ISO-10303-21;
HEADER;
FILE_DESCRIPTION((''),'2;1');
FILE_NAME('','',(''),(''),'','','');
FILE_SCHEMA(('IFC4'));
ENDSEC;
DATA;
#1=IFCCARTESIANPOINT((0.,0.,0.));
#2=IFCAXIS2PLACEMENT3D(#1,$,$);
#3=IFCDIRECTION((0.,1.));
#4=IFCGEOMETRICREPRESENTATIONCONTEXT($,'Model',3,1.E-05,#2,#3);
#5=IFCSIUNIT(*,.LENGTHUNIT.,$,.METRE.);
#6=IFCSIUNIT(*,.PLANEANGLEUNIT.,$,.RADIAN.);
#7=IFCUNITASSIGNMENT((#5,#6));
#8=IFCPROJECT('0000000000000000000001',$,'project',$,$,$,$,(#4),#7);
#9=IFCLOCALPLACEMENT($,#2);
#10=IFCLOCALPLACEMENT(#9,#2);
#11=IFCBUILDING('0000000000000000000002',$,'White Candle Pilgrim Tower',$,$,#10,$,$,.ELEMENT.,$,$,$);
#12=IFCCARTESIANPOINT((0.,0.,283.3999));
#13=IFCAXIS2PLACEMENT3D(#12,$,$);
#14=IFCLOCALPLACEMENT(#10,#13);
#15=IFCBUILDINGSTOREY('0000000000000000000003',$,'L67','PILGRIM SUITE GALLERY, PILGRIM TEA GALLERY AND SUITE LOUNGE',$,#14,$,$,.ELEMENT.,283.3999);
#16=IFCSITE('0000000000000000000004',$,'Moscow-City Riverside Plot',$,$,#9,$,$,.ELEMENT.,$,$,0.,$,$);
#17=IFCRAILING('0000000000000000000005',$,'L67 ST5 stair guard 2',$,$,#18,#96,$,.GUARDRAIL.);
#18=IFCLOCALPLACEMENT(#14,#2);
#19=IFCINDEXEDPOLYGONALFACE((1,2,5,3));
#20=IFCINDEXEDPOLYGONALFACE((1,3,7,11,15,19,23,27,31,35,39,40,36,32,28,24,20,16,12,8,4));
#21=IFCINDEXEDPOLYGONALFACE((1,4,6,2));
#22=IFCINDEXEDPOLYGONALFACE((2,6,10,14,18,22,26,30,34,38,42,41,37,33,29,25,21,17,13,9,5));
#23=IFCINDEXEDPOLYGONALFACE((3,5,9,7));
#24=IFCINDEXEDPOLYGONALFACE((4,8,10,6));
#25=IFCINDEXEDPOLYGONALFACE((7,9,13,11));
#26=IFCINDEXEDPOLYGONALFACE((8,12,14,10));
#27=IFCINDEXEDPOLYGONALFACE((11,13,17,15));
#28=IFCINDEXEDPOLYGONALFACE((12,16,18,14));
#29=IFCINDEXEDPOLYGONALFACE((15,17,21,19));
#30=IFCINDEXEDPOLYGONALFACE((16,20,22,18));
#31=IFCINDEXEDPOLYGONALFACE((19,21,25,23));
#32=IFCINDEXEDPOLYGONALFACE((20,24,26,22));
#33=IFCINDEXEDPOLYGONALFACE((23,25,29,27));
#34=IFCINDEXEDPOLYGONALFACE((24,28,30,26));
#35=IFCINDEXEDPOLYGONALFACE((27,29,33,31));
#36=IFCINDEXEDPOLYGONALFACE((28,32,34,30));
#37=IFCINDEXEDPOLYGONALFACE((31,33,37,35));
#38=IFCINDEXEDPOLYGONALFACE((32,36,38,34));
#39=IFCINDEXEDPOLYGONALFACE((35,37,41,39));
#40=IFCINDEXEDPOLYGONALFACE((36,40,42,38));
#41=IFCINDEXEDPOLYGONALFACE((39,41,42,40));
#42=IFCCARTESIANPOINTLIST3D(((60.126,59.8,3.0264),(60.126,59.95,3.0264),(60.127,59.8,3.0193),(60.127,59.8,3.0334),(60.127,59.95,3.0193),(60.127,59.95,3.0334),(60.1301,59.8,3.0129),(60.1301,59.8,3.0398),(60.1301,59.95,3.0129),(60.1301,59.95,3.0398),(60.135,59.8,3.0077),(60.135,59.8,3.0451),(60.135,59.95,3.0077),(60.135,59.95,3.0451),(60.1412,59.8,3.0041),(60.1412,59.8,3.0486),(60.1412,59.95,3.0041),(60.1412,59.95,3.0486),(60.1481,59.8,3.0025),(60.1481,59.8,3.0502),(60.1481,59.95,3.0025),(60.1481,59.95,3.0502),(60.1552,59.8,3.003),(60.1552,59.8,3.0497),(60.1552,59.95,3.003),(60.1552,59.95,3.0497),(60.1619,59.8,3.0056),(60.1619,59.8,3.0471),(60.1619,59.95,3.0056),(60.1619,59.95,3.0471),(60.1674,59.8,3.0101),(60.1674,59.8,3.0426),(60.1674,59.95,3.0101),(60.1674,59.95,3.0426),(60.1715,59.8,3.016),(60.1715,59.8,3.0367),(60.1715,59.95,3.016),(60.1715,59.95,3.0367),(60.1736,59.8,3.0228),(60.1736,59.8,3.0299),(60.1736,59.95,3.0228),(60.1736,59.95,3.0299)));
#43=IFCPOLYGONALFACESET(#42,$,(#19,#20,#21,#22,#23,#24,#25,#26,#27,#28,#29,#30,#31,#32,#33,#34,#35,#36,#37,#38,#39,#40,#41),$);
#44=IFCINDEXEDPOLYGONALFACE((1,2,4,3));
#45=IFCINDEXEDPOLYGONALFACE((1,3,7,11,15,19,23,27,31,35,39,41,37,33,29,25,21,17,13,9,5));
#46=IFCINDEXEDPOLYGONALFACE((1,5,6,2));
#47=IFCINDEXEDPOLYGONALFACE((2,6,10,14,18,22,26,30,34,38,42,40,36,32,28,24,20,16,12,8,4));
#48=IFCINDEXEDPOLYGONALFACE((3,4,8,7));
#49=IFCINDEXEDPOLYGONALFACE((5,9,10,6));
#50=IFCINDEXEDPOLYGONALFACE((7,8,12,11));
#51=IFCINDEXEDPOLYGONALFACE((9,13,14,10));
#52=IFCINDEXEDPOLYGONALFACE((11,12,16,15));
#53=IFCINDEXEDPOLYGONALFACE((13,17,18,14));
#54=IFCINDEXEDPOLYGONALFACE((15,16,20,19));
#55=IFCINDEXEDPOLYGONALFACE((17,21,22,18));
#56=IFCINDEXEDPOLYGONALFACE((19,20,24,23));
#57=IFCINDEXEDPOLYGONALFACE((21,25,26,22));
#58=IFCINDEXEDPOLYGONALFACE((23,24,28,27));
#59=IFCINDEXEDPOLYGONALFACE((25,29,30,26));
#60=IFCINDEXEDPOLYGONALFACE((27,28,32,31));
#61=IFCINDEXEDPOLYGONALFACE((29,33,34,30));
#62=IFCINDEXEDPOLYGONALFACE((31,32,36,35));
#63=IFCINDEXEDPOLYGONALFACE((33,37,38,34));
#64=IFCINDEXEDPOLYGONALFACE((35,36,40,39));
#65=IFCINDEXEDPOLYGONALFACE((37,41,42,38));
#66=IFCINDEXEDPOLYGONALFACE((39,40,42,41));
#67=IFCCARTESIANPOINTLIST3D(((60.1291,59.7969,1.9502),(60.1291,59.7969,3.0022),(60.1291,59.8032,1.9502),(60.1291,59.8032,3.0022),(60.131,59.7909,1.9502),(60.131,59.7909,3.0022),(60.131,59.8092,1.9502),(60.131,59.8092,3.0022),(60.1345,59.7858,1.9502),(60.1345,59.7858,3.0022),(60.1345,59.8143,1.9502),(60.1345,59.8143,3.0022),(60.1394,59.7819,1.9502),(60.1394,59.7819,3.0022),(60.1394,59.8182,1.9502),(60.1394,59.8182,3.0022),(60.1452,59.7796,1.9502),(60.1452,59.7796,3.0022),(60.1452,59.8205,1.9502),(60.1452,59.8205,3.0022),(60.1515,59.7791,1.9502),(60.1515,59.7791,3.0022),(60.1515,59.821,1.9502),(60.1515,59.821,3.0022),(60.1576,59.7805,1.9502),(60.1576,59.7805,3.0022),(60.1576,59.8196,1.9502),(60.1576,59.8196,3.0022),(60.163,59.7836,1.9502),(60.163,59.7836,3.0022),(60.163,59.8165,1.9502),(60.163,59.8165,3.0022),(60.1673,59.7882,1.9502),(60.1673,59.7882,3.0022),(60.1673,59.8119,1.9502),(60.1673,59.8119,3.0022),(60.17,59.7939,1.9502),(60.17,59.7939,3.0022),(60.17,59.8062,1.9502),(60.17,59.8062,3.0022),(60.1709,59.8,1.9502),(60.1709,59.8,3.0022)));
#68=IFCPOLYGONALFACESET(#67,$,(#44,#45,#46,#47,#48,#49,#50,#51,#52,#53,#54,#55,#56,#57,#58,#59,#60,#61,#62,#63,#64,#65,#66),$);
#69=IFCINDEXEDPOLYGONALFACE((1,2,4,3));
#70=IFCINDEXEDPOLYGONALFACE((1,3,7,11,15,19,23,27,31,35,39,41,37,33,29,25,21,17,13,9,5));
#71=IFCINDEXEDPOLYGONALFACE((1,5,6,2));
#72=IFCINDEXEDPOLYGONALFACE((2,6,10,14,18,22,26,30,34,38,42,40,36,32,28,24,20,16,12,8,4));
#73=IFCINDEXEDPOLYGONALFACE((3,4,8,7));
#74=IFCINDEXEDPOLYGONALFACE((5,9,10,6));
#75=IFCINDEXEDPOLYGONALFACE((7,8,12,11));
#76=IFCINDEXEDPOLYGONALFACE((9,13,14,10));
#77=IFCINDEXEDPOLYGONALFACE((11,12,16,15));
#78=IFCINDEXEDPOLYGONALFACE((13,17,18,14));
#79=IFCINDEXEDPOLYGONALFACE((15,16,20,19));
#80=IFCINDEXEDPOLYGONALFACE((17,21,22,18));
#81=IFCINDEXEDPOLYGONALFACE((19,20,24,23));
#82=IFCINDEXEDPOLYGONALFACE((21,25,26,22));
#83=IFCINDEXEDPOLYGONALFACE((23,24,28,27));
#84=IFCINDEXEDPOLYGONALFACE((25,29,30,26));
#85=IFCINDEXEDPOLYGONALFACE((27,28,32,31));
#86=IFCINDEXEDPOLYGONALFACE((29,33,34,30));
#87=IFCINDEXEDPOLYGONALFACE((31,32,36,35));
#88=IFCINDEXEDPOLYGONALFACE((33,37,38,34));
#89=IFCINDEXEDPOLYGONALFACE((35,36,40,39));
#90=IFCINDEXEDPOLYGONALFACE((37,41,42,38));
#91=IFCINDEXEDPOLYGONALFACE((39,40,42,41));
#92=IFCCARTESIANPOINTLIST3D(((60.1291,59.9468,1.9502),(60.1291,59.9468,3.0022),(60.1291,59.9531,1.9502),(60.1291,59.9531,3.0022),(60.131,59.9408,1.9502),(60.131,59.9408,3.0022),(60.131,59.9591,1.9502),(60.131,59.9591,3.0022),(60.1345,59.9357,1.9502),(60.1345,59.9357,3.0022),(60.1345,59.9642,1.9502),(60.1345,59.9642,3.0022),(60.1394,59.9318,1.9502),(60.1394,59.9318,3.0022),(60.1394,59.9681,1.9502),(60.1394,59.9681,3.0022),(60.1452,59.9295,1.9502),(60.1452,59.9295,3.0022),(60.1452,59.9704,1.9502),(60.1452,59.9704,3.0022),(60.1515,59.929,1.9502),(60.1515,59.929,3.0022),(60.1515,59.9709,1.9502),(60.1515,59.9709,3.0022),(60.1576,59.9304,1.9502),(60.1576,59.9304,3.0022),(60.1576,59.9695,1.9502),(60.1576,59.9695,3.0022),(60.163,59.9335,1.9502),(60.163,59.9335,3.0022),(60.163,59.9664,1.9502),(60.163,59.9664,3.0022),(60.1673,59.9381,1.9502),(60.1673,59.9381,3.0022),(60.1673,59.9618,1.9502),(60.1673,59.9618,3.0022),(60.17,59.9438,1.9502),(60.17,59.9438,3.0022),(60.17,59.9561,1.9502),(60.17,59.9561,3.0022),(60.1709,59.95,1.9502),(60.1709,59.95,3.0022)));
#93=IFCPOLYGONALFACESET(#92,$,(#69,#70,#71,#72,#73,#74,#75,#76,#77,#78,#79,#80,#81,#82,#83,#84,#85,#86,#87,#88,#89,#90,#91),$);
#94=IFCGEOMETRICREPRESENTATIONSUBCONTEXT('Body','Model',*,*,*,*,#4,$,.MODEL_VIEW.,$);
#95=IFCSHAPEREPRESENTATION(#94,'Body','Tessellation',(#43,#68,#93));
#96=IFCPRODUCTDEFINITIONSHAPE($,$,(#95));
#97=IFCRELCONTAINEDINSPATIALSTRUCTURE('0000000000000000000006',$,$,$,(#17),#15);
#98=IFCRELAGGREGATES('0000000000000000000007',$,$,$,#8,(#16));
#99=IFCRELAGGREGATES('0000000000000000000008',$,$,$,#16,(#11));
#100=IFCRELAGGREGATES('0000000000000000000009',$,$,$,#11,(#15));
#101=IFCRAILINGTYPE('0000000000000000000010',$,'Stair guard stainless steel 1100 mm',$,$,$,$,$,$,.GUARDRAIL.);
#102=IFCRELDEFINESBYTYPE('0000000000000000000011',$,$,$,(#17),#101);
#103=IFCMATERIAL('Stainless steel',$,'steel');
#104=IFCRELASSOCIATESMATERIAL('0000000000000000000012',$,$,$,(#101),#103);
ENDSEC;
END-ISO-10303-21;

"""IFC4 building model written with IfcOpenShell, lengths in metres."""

from ifc_helpers import new_model, si_unit, direction, frame, origin, origin_2d, place, context, subcontext, project, spatial, circle, extrude, material, type_object, element, save


model = new_model("IFC4")

# Units and contexts
model_context = context("Model", 3, precision=1e-05, world=origin(), true_north=direction((0.0, 1.0)))
body_context = subcontext(model_context, "Body", "Model", "MODEL_VIEW")
ifc_project = project(units=[si_unit("LENGTHUNIT", "METRE"), si_unit("PLANEANGLEUNIT", "RADIAN")], contexts=[model_context])

# Site, building, storey
site_placement = place(None, origin())
site = spatial("IfcSite", under=ifc_project, at=site_placement, Name="Moscow-City Riverside Plot", CompositionType="ELEMENT", RefElevation=0.0)
building_placement = place(site_placement, origin())
building = spatial("IfcBuilding", under=site, at=building_placement, Name="White Candle Pilgrim Tower", CompositionType="ELEMENT")
storey_placement = place(building_placement, frame((0.0, 0.0, 283.3999)))
storey = spatial("IfcBuildingStorey", under=building, at=storey_placement, Name="L67", Description="PILGRIM SUITE GALLERY, PILGRIM TEA GALLERY AND SUITE LOUNGE", CompositionType="ELEMENT", Elevation=283.3999)

# Railing
ifc_material_1 = material(Name="Stainless steel", Category="steel")
railing_type_1 = type_object("IfcRailingType", Name="Stair guard stainless steel 1100 mm", PredefinedType="GUARDRAIL", material=ifc_material_1)
railing_1_placement = place(storey_placement, frame((60.1499, 59.8, 1.9502)))
element("IfcRailing", 1, at=railing_1_placement, inside=storey, type_object=railing_type_1, Name="L67 ST5 stair guard 2", PredefinedType="GUARDRAIL", context=body_context, shape_type="SweptSolid", body=[
    extrude(circle(Radius=0.0239, at=origin_2d()), frame((0.0, 0.0, 1.0762), z_axis=(0.0, 1.0, 0.0), x_axis=(-1.0, 0.0, 0.0)), (0.0, 0.0, 1.0), 0.1499),
    extrude(circle(Radius=0.021, at=origin_2d()), origin(), (0.0, 0.0, 1.0), 1.052),
    extrude(circle(Radius=0.021, at=origin_2d()), frame((0.0, 0.1499, 0.0)), (0.0, 0.0, 1.0), 1.052),
])

save(model, "model.ifc")
